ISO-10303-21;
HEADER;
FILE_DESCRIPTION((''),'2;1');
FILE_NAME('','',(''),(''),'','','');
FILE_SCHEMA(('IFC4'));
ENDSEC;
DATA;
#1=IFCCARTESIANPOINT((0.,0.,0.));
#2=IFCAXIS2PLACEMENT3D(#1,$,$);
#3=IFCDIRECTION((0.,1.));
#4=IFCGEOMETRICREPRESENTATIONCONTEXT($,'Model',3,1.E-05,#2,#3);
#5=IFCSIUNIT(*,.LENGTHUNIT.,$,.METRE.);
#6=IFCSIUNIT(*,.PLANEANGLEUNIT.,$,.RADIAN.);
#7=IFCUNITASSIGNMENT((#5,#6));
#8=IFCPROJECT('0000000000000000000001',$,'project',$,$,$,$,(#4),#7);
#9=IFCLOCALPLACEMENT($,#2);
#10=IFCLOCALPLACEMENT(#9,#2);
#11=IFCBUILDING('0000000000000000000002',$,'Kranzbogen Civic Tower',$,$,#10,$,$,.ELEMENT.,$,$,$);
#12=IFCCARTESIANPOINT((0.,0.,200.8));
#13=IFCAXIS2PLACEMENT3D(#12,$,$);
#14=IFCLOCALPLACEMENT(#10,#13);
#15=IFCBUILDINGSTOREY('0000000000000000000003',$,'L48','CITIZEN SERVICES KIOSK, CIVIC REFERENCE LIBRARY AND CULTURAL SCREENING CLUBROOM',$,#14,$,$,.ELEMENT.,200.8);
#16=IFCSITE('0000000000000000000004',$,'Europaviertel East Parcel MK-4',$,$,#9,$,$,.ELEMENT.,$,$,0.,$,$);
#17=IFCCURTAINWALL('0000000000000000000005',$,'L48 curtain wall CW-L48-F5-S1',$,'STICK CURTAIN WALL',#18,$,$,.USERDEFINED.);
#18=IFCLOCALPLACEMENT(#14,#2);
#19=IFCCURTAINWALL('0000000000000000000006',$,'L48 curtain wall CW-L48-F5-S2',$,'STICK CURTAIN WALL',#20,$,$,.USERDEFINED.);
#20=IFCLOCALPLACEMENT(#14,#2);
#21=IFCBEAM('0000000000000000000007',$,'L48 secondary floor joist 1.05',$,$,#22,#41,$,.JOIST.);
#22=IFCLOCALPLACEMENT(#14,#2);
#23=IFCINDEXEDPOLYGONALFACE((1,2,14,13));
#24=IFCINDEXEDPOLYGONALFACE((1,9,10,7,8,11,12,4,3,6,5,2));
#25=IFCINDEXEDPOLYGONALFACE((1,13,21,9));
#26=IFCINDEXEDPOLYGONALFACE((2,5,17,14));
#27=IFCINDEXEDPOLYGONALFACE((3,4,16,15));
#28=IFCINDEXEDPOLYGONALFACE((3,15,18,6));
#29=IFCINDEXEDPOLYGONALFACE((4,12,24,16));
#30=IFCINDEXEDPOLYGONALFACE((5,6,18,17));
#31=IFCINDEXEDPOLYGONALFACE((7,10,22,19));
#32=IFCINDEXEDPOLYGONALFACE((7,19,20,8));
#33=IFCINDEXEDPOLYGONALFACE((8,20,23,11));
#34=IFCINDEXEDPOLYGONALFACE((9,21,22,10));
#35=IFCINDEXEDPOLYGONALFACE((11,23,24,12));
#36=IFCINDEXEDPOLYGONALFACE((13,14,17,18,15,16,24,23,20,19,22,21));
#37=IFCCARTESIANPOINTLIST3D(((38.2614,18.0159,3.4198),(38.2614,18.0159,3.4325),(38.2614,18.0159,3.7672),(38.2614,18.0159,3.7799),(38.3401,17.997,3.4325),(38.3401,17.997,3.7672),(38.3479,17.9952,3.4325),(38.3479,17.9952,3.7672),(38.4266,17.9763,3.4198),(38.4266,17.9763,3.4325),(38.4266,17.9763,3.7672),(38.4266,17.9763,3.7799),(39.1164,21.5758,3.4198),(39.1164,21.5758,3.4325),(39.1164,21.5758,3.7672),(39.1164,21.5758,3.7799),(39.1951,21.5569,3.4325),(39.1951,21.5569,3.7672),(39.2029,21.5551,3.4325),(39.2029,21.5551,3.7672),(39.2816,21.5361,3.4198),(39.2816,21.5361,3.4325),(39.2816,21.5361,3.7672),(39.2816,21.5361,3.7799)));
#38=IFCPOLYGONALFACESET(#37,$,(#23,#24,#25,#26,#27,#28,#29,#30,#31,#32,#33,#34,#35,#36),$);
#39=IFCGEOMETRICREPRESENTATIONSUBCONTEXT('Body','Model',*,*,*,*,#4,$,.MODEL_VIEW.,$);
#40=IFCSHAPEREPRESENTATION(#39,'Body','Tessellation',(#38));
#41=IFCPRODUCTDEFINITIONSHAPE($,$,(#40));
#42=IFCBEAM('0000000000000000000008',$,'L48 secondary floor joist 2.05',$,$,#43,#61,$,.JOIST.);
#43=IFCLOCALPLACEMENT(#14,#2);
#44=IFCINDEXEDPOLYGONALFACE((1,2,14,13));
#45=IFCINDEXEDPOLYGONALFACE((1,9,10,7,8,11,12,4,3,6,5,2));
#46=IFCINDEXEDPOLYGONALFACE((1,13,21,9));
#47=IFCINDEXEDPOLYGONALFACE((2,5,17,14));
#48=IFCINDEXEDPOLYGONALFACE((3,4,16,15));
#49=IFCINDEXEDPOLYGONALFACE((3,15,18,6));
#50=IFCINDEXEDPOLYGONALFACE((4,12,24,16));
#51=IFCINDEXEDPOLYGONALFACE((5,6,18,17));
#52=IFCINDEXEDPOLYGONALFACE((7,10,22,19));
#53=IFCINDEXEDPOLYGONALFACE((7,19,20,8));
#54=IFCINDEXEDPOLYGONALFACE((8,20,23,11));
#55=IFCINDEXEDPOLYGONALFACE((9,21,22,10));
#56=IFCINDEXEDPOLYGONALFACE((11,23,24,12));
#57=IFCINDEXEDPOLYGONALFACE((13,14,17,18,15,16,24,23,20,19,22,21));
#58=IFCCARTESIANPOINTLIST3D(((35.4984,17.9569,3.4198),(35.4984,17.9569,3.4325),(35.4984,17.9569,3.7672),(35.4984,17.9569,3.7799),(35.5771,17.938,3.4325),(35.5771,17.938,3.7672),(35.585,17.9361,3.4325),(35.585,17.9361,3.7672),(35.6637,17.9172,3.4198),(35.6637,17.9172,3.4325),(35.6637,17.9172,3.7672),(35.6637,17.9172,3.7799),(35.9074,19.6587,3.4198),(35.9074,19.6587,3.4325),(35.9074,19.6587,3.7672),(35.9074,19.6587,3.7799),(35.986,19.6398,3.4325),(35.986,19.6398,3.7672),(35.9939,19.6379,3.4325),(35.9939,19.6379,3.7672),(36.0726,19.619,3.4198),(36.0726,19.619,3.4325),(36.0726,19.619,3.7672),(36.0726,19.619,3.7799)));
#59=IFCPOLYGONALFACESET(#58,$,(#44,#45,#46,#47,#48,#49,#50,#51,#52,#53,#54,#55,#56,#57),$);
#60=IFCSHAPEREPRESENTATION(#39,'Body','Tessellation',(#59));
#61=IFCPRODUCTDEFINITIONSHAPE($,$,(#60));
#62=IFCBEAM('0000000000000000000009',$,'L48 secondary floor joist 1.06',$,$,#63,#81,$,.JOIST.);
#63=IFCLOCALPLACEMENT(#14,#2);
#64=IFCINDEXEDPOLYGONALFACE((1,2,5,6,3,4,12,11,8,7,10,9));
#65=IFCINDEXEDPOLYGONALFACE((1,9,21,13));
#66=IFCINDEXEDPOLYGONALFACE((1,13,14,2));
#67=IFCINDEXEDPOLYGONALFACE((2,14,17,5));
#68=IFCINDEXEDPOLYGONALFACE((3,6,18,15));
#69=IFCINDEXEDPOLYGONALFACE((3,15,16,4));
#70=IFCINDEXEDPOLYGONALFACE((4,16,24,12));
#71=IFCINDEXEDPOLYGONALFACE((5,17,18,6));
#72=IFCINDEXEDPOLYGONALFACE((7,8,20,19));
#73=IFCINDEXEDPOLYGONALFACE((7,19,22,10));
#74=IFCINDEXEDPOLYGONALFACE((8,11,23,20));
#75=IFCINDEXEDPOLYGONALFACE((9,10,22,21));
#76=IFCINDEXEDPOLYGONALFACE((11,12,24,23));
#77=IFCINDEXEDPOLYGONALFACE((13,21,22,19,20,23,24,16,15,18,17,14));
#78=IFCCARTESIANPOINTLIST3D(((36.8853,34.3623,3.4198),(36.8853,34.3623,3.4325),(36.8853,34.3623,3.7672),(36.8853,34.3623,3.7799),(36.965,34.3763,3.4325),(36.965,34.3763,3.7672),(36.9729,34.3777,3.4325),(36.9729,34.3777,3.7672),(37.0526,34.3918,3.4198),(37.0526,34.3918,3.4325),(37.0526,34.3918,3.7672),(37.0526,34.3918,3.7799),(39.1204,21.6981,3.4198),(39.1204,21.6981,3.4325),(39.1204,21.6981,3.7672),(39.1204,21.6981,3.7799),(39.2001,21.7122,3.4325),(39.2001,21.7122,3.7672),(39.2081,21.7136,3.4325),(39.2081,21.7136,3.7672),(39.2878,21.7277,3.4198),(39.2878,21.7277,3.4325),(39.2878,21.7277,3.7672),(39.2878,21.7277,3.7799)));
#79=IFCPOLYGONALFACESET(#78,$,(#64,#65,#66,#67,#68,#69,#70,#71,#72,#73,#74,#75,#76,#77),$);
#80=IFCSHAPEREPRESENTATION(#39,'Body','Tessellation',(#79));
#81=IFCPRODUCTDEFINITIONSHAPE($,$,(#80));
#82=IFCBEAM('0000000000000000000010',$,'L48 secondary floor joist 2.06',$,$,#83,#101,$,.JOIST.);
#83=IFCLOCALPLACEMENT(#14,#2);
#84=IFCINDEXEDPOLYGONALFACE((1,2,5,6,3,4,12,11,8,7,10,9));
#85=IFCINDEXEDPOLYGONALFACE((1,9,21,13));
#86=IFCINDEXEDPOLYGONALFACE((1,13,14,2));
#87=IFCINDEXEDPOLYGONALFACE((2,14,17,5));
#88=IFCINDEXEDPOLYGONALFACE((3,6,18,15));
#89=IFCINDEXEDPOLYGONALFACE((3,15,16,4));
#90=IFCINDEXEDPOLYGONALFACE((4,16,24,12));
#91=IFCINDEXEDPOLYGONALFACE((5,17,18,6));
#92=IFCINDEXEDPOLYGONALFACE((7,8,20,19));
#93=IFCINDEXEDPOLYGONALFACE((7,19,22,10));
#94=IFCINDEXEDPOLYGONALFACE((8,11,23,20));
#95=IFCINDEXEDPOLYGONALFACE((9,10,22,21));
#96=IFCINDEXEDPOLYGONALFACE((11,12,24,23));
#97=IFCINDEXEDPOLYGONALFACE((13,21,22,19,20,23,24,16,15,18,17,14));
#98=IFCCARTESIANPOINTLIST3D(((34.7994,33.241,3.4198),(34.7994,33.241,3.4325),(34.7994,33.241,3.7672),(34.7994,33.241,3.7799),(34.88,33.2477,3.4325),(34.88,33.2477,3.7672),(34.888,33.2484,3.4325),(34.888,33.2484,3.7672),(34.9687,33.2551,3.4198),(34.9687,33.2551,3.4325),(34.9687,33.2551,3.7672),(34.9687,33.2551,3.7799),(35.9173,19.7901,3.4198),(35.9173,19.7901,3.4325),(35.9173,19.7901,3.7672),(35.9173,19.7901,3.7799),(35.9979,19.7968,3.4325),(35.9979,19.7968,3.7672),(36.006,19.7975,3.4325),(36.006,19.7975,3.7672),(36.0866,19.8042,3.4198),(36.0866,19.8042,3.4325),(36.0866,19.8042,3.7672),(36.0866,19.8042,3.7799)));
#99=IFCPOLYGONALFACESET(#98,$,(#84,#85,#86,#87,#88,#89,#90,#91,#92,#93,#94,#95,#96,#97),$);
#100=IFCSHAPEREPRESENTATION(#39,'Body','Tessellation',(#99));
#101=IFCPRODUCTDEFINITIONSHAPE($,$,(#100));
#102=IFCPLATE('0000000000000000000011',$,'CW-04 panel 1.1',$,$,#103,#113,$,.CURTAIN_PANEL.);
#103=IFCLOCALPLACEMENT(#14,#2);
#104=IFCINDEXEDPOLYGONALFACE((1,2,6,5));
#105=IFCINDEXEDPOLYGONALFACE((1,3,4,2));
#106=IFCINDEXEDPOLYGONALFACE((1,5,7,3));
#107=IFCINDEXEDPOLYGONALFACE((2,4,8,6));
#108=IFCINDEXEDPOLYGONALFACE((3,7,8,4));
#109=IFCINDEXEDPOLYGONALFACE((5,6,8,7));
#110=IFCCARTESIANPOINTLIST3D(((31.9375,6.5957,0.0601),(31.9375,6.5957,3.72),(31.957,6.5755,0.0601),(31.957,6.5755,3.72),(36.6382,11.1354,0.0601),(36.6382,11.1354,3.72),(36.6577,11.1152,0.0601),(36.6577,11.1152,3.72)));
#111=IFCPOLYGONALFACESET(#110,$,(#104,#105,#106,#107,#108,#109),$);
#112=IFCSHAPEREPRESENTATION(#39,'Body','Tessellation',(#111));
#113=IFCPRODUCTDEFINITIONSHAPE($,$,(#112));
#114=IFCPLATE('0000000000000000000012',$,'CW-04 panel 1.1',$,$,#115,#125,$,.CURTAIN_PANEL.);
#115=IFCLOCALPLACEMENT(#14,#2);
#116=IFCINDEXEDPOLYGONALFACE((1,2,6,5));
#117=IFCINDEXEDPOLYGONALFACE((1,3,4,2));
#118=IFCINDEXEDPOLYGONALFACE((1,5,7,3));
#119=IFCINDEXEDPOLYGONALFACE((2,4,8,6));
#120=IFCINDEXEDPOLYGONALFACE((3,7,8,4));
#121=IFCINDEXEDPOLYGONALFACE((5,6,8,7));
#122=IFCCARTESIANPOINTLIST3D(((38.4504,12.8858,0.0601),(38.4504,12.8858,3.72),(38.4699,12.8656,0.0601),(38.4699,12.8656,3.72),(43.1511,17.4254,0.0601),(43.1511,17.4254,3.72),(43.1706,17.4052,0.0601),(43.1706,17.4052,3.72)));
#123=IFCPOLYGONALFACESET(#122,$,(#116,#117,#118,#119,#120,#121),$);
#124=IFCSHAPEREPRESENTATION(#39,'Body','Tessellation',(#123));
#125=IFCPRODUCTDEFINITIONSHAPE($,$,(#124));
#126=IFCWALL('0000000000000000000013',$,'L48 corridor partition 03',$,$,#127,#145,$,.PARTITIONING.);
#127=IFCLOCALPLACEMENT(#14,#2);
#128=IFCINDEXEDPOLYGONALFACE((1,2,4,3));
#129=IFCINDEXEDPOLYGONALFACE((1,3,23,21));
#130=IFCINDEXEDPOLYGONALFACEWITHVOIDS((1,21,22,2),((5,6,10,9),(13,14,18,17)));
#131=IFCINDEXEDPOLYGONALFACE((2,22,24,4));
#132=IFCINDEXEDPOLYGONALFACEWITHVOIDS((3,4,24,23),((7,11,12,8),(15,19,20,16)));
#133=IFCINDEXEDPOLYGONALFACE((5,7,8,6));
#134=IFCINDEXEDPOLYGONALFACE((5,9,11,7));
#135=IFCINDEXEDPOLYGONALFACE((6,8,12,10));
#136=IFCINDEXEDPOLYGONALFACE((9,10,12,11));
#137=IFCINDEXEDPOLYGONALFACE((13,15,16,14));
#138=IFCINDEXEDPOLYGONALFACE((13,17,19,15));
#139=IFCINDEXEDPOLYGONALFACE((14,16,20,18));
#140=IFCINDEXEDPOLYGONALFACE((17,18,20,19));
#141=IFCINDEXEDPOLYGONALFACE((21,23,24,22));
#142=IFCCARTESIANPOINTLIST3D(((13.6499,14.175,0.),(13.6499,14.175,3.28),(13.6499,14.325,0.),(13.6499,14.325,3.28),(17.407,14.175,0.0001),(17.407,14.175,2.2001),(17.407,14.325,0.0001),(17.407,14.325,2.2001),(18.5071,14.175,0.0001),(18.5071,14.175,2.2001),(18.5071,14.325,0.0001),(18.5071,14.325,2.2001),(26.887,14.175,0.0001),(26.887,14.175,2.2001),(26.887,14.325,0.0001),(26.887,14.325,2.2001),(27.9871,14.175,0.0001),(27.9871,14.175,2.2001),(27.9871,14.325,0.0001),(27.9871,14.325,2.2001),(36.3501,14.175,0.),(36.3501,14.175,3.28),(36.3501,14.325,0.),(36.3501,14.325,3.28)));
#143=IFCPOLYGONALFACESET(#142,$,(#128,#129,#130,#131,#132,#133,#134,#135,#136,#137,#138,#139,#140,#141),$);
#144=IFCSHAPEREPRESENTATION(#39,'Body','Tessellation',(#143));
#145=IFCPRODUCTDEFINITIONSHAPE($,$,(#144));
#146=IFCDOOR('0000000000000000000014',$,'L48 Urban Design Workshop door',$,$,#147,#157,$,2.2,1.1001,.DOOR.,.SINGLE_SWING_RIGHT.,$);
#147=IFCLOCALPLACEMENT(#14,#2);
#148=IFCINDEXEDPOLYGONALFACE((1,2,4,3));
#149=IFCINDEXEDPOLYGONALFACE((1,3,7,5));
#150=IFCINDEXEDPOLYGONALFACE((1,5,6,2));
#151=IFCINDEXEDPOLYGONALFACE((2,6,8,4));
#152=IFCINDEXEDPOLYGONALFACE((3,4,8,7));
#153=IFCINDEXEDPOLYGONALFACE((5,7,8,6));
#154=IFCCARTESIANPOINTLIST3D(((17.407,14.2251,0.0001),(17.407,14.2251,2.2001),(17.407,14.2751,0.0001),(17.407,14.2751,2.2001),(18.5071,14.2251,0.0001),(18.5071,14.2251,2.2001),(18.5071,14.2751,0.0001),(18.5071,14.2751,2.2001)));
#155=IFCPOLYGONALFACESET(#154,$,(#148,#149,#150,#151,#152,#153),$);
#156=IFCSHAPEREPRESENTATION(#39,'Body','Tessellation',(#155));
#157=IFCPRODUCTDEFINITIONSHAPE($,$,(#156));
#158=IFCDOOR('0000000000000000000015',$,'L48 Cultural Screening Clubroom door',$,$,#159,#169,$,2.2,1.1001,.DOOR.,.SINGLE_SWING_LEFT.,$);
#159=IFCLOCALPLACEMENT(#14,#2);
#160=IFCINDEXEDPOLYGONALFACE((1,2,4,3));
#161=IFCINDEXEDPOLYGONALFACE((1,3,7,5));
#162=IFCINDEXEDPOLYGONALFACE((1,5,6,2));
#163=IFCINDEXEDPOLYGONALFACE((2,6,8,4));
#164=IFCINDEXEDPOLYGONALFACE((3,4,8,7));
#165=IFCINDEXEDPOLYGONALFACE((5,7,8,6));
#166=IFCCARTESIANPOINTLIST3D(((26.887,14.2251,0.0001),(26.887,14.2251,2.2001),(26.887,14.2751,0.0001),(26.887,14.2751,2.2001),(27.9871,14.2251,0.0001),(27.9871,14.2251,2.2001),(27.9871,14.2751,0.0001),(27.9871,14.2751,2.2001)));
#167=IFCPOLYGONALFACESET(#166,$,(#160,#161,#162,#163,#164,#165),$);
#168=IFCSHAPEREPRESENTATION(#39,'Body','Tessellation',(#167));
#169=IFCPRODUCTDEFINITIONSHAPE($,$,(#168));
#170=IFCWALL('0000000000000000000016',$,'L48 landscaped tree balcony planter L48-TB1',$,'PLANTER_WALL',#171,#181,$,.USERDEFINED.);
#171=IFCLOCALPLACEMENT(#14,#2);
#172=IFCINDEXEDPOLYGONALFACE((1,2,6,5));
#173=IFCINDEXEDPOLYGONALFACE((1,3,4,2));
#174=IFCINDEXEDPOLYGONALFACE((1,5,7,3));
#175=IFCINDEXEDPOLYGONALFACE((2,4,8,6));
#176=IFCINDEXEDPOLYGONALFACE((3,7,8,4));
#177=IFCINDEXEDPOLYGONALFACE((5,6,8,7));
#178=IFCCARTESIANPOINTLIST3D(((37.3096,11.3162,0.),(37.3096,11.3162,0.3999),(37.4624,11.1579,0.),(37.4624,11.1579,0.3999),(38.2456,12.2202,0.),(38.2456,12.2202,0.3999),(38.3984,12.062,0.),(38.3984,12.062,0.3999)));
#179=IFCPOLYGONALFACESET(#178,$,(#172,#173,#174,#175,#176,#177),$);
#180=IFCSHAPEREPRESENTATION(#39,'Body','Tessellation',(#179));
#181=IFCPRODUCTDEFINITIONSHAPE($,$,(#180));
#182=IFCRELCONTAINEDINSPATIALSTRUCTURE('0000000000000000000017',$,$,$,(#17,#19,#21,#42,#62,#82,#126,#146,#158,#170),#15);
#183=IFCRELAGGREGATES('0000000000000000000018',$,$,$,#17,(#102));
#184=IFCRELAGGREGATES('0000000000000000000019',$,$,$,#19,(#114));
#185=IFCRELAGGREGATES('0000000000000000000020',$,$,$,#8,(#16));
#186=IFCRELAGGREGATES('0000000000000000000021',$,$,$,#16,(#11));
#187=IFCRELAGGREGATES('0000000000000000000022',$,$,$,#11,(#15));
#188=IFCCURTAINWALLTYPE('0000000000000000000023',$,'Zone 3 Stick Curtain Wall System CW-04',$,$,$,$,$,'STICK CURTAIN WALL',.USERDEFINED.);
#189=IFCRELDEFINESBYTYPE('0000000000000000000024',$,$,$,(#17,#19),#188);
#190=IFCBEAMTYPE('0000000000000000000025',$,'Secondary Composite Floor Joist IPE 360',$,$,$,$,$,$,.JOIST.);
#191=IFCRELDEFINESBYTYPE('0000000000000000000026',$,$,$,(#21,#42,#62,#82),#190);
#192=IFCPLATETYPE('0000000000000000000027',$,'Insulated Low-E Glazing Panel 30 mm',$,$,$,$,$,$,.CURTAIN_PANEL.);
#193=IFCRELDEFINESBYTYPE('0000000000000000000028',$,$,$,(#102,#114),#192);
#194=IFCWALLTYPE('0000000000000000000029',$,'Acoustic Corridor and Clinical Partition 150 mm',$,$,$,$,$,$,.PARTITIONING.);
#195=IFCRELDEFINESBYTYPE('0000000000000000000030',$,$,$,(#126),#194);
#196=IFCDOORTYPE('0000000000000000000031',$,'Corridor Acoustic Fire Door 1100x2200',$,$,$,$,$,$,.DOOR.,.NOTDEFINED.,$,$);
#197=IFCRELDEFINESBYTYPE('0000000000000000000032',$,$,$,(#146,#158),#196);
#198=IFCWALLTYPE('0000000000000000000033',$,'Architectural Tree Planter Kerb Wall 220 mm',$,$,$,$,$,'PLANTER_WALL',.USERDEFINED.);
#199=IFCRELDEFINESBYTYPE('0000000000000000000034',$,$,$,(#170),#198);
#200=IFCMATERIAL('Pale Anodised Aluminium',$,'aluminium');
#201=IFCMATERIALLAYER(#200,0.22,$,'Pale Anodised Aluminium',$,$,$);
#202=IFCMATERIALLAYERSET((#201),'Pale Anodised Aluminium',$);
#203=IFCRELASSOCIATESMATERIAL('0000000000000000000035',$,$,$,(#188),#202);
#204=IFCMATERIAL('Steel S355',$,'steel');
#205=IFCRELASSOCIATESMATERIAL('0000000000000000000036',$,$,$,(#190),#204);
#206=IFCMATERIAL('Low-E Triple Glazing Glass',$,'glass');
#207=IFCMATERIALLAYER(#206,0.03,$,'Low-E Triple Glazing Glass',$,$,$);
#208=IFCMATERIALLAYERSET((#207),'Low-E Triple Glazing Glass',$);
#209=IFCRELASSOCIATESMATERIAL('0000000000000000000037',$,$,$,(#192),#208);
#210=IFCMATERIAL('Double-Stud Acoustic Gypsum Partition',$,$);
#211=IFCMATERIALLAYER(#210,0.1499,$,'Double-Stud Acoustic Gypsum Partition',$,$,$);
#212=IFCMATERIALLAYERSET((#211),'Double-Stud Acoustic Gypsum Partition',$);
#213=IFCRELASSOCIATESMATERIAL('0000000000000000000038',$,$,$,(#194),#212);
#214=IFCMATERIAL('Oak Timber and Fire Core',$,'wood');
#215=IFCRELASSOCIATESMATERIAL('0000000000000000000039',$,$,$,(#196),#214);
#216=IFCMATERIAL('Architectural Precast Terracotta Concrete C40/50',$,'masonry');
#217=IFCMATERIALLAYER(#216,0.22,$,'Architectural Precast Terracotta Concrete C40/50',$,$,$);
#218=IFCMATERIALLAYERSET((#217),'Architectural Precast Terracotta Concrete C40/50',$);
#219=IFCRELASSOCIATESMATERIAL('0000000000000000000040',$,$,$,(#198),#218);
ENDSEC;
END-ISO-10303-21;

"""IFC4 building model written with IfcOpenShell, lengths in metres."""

from ifc_helpers import new_model, si_unit, direction, frame, frame_2d, origin, origin_2d, place, context, subcontext, project, spatial, rectangle, i_section, extrude, material, layer, layer_set, material_profile, profile_set, type_object, element, fill, aggregate, save


model = new_model("IFC4")

# Units and contexts
model_context = context("Model", 3, precision=1e-05, world=origin(), true_north=direction((0.0, 1.0)))
body_context = subcontext(model_context, "Body", "Model", "MODEL_VIEW")
ifc_project = project(units=[si_unit("LENGTHUNIT", "METRE"), si_unit("PLANEANGLEUNIT", "RADIAN")], contexts=[model_context])

# Site, building, storey
site_placement = place(None, origin())
site = spatial("IfcSite", under=ifc_project, at=site_placement, Name="Europaviertel East Parcel MK-4", CompositionType="ELEMENT", RefElevation=0.0)
building_placement = place(site_placement, origin())
building = spatial("IfcBuilding", under=site, at=building_placement, Name="Kranzbogen Civic Tower", CompositionType="ELEMENT")
storey_placement = place(building_placement, frame((0.0, 0.0, 200.8)))
storey = spatial("IfcBuildingStorey", under=building, at=storey_placement, Name="L48", Description="CITIZEN SERVICES KIOSK, CIVIC REFERENCE LIBRARY AND CULTURAL SCREENING CLUBROOM", CompositionType="ELEMENT", Elevation=200.8)

# Shared definitions
ifc_material_1 = material(Name="Steel S355", Category="steel")

# Curtain wall
ifc_material_2 = material(Name="Pale Anodised Aluminium", Category="aluminium")
ifc_layer_1 = layer(ifc_material_2, 0.22, Name="Pale Anodised Aluminium")
ifc_layer_set_1 = layer_set([ifc_layer_1], Name="Pale Anodised Aluminium")
curtain_wall_type = type_object("IfcCurtainWallType", Name="Zone 3 Stick Curtain Wall System CW-04", ElementType="STICK CURTAIN WALL", PredefinedType="USERDEFINED", material=ifc_layer_set_1)
curtain_wall_1_placement = place(storey_placement, origin())
curtain_wall_1 = element("IfcCurtainWall", 1, at=curtain_wall_1_placement, inside=storey, type_object=curtain_wall_type, Name="L48 curtain wall CW-L48-F5-S1", ObjectType="STICK CURTAIN WALL", PredefinedType="USERDEFINED")

# Curtain wall
curtain_wall_2_placement = place(storey_placement, origin())
curtain_wall_2 = element("IfcCurtainWall", 2, at=curtain_wall_2_placement, inside=storey, type_object=curtain_wall_type, Name="L48 curtain wall CW-L48-F5-S2", ObjectType="STICK CURTAIN WALL", PredefinedType="USERDEFINED")

# Beams
ifc_material_profile_1 = material_profile(ifc_material_1, i_section(OverallWidth=0.1699, OverallDepth=0.3601, WebThickness=0.0081, FlangeThickness=0.0127, at=origin_2d()), Name="IPE 360")
ifc_profile_set_1 = profile_set([ifc_material_profile_1], Name="Steel S355")
beam_type_1 = type_object("IfcBeamType", Name="Secondary Composite Floor Joist IPE 360", PredefinedType="JOIST", material=ifc_profile_set_1)
beam_1_placement = place(storey_placement, frame((38.344, 17.9961, 3.5999), z_axis=(0.233534, 0.972349, 0.0), x_axis=(-0.972349, 0.233534, 0.0)))
element("IfcBeam", 3, at=beam_1_placement, inside=storey, type_object=beam_type_1, Name="L48 secondary floor joist 1.05", PredefinedType="JOIST", context=body_context, shape_type="SweptSolid", body=[
    extrude(i_section(OverallWidth=0.1699, OverallDepth=0.3601, WebThickness=0.0081, FlangeThickness=0.0127, at=origin_2d()), origin(), (0.0, 0.0, 1.0), 3.6611),
])
beam_2_placement = place(storey_placement, frame((35.5811, 17.937, 3.5999), z_axis=(0.233631, 0.972325, 0.0), x_axis=(-0.972325, 0.233631, 0.0)))
element("IfcBeam", 4, at=beam_2_placement, inside=storey, type_object=beam_type_1, Name="L48 secondary floor joist 2.05", PredefinedType="JOIST", context=body_context, shape_type="SweptSolid", body=[
    extrude(i_section(OverallWidth=0.1699, OverallDepth=0.3601, WebThickness=0.0081, FlangeThickness=0.0127, at=origin_2d()), origin(), (0.0, 0.0, 1.0), 1.7502),
])
beam_3_placement = place(storey_placement, frame((39.2041, 21.7129, 3.5999), z_axis=(-0.173806, 0.98478, 0.0), x_axis=(-0.98478, -0.173806, 0.0)))
element("IfcBeam", 5, at=beam_3_placement, inside=storey, type_object=beam_type_1, Name="L48 secondary floor joist 1.06", PredefinedType="JOIST", context=body_context, shape_type="SweptSolid", body=[
    extrude(i_section(OverallWidth=0.1699, OverallDepth=0.3601, WebThickness=0.0081, FlangeThickness=0.0127, at=origin_2d()), origin(), (0.0, 0.0, 1.0), 12.8599),
])
beam_4_placement = place(storey_placement, frame((36.002, 19.7971, 3.5999), z_axis=(-0.082825, 0.996564, 0.0), x_axis=(-0.996564, -0.082825, 0.0)))
element("IfcBeam", 6, at=beam_4_placement, inside=storey, type_object=beam_type_1, Name="L48 secondary floor joist 2.06", PredefinedType="JOIST", context=body_context, shape_type="SweptSolid", body=[
    extrude(i_section(OverallWidth=0.1699, OverallDepth=0.3601, WebThickness=0.0081, FlangeThickness=0.0127, at=origin_2d()), origin(), (0.0, 0.0, 1.0), 13.4973),
])

# Plates
ifc_material_3 = material(Name="Low-E Triple Glazing Glass", Category="glass")
ifc_layer_2 = layer(ifc_material_3, 0.03, Name="Low-E Triple Glazing Glass")
ifc_layer_set_2 = layer_set([ifc_layer_2], Name="Low-E Triple Glazing Glass")
plate_type = type_object("IfcPlateType", Name="Insulated Low-E Glazing Panel 30 mm", PredefinedType="CURTAIN_PANEL", material=ifc_layer_set_2)
plate_1_placement = place(storey_placement, frame((34.2976, 8.8555, 0.0601), z_axis=(0.0, 0.0, 1.0), x_axis=(0.719321, 0.694678, 0.0)))
plate_1 = element("IfcPlate", 7, at=plate_1_placement, type_object=plate_type, Name="CW-04 panel 1.1", PredefinedType="CURTAIN_PANEL", context=body_context, shape_type="SweptSolid", body=[
    extrude(rectangle(XDim=6.5349, YDim=0.0281, at=origin_2d()), origin(), (0.0, 0.0, 1.0), 3.6599),
])
aggregate(curtain_wall_1, [plate_1])
plate_2_placement = place(storey_placement, frame((40.8105, 15.1455, 0.0601), z_axis=(0.0, 0.0, 1.0), x_axis=(0.719321, 0.694678, 0.0)))
plate_2 = element("IfcPlate", 8, at=plate_2_placement, type_object=plate_type, Name="CW-04 panel 1.1", PredefinedType="CURTAIN_PANEL", context=body_context, shape_type="SweptSolid", body=[
    extrude(rectangle(XDim=6.5349, YDim=0.0281, at=origin_2d()), origin(), (0.0, 0.0, 1.0), 3.6599),
])
aggregate(curtain_wall_2, [plate_2])

# Wall, openings, doors
ifc_material_4 = material(Name="Double-Stud Acoustic Gypsum Partition")
ifc_layer_3 = layer(ifc_material_4, 0.1499, Name="Double-Stud Acoustic Gypsum Partition")
ifc_layer_set_3 = layer_set([ifc_layer_3], Name="Double-Stud Acoustic Gypsum Partition")
wall_type_1 = type_object("IfcWallType", Name="Acoustic Corridor and Clinical Partition 150 mm", PredefinedType="PARTITIONING", material=ifc_layer_set_3)
wall_1_placement = place(storey_placement, frame((36.3501, 14.25, 0.0), z_axis=(0.0, 0.0, 1.0), x_axis=(-1.0, 0.0, 0.0)))
wall_1 = element("IfcWall", 9, at=wall_1_placement, inside=storey, type_object=wall_type_1, Name="L48 corridor partition 03", PredefinedType="PARTITIONING", context=body_context, shape_type="SweptSolid", body=[
    extrude(rectangle(XDim=22.7002, YDim=0.1499, at=frame_2d((11.3501, 0.0))), origin(), (0.0, 0.0, 1.0), 3.28),
])
opening_1_placement = place(wall_1_placement, frame((17.843, 0.0, 0.0)))
opening_1 = element("IfcOpeningElement", 10, at=opening_1_placement, cuts=wall_1, PredefinedType="OPENING", context=body_context, shape_type="SweptSolid", body=[
    extrude(rectangle(XDim=1.1001, YDim=2.2, at=frame_2d((0.55, 1.1001))), frame((0.0, 0.085, 0.0), z_axis=(0.0, -1.0, 0.0), x_axis=(1.0, 0.0, 0.0)), (0.0, 0.0, 1.0), 0.1699),
])
opening_2_placement = place(wall_1_placement, frame((8.363, 0.0, 0.0)))
opening_2 = element("IfcOpeningElement", 11, at=opening_2_placement, cuts=wall_1, PredefinedType="OPENING", context=body_context, shape_type="SweptSolid", body=[
    extrude(rectangle(XDim=1.1001, YDim=2.2, at=frame_2d((0.55, 1.1001))), frame((0.0, 0.085, 0.0), z_axis=(0.0, -1.0, 0.0), x_axis=(1.0, 0.0, 0.0)), (0.0, 0.0, 1.0), 0.1699),
])
ifc_material_5 = material(Name="Oak Timber and Fire Core", Category="wood")
door_type_1 = type_object("IfcDoorType", Name="Corridor Acoustic Fire Door 1100x2200", OperationType="NOTDEFINED", PredefinedType="DOOR", material=ifc_material_5)
door_1_placement = place(opening_1_placement, origin())
door_1 = element("IfcDoor", 12, at=door_1_placement, inside=storey, type_object=door_type_1, Name="L48 Urban Design Workshop door", OperationType="SINGLE_SWING_RIGHT", OverallHeight=2.2, OverallWidth=1.1001, PredefinedType="DOOR", context=body_context, shape_type="SweptSolid", body=[
    extrude(rectangle(XDim=1.1001, YDim=2.2, at=frame_2d((0.55, 1.1001))), frame((0.0, 0.0249, 0.0), z_axis=(0.0, -1.0, 0.0), x_axis=(1.0, 0.0, 0.0)), (0.0, 0.0, 1.0), 0.05),
])
fill(opening_1, door_1)
door_2_placement = place(opening_2_placement, origin())
door_2 = element("IfcDoor", 13, at=door_2_placement, inside=storey, type_object=door_type_1, Name="L48 Cultural Screening Clubroom door", OperationType="SINGLE_SWING_LEFT", OverallHeight=2.2, OverallWidth=1.1001, PredefinedType="DOOR", context=body_context, shape_type="SweptSolid", body=[
    extrude(rectangle(XDim=1.1001, YDim=2.2, at=frame_2d((0.55, 1.1001))), frame((0.0, 0.0249, 0.0), z_axis=(0.0, -1.0, 0.0), x_axis=(1.0, 0.0, 0.0)), (0.0, 0.0, 1.0), 0.05),
])
fill(opening_2, door_2)

# Wall
ifc_material_6 = material(Name="Architectural Precast Terracotta Concrete C40/50", Category="masonry")
ifc_layer_4 = layer(ifc_material_6, 0.22, Name="Architectural Precast Terracotta Concrete C40/50")
ifc_layer_set_4 = layer_set([ifc_layer_4], Name="Architectural Precast Terracotta Concrete C40/50")
wall_type_2 = type_object("IfcWallType", Name="Architectural Tree Planter Kerb Wall 220 mm", ElementType="PLANTER_WALL", PredefinedType="USERDEFINED", material=ifc_layer_set_4)
wall_2_placement = place(storey_placement, frame((37.386, 11.2371, 0.0), z_axis=(0.0, 0.0, 1.0), x_axis=(0.719288, 0.694712, 0.0)))
element("IfcWall", 14, at=wall_2_placement, inside=storey, type_object=wall_type_2, Name="L48 landscaped tree balcony planter L48-TB1", ObjectType="PLANTER_WALL", PredefinedType="USERDEFINED", context=body_context, shape_type="SweptSolid", body=[
    extrude(rectangle(XDim=1.3013, YDim=0.22, at=frame_2d((0.6506, 0.0))), origin(), (0.0, 0.0, 1.0), 0.3999),
])

save(model, "model.ifc")
